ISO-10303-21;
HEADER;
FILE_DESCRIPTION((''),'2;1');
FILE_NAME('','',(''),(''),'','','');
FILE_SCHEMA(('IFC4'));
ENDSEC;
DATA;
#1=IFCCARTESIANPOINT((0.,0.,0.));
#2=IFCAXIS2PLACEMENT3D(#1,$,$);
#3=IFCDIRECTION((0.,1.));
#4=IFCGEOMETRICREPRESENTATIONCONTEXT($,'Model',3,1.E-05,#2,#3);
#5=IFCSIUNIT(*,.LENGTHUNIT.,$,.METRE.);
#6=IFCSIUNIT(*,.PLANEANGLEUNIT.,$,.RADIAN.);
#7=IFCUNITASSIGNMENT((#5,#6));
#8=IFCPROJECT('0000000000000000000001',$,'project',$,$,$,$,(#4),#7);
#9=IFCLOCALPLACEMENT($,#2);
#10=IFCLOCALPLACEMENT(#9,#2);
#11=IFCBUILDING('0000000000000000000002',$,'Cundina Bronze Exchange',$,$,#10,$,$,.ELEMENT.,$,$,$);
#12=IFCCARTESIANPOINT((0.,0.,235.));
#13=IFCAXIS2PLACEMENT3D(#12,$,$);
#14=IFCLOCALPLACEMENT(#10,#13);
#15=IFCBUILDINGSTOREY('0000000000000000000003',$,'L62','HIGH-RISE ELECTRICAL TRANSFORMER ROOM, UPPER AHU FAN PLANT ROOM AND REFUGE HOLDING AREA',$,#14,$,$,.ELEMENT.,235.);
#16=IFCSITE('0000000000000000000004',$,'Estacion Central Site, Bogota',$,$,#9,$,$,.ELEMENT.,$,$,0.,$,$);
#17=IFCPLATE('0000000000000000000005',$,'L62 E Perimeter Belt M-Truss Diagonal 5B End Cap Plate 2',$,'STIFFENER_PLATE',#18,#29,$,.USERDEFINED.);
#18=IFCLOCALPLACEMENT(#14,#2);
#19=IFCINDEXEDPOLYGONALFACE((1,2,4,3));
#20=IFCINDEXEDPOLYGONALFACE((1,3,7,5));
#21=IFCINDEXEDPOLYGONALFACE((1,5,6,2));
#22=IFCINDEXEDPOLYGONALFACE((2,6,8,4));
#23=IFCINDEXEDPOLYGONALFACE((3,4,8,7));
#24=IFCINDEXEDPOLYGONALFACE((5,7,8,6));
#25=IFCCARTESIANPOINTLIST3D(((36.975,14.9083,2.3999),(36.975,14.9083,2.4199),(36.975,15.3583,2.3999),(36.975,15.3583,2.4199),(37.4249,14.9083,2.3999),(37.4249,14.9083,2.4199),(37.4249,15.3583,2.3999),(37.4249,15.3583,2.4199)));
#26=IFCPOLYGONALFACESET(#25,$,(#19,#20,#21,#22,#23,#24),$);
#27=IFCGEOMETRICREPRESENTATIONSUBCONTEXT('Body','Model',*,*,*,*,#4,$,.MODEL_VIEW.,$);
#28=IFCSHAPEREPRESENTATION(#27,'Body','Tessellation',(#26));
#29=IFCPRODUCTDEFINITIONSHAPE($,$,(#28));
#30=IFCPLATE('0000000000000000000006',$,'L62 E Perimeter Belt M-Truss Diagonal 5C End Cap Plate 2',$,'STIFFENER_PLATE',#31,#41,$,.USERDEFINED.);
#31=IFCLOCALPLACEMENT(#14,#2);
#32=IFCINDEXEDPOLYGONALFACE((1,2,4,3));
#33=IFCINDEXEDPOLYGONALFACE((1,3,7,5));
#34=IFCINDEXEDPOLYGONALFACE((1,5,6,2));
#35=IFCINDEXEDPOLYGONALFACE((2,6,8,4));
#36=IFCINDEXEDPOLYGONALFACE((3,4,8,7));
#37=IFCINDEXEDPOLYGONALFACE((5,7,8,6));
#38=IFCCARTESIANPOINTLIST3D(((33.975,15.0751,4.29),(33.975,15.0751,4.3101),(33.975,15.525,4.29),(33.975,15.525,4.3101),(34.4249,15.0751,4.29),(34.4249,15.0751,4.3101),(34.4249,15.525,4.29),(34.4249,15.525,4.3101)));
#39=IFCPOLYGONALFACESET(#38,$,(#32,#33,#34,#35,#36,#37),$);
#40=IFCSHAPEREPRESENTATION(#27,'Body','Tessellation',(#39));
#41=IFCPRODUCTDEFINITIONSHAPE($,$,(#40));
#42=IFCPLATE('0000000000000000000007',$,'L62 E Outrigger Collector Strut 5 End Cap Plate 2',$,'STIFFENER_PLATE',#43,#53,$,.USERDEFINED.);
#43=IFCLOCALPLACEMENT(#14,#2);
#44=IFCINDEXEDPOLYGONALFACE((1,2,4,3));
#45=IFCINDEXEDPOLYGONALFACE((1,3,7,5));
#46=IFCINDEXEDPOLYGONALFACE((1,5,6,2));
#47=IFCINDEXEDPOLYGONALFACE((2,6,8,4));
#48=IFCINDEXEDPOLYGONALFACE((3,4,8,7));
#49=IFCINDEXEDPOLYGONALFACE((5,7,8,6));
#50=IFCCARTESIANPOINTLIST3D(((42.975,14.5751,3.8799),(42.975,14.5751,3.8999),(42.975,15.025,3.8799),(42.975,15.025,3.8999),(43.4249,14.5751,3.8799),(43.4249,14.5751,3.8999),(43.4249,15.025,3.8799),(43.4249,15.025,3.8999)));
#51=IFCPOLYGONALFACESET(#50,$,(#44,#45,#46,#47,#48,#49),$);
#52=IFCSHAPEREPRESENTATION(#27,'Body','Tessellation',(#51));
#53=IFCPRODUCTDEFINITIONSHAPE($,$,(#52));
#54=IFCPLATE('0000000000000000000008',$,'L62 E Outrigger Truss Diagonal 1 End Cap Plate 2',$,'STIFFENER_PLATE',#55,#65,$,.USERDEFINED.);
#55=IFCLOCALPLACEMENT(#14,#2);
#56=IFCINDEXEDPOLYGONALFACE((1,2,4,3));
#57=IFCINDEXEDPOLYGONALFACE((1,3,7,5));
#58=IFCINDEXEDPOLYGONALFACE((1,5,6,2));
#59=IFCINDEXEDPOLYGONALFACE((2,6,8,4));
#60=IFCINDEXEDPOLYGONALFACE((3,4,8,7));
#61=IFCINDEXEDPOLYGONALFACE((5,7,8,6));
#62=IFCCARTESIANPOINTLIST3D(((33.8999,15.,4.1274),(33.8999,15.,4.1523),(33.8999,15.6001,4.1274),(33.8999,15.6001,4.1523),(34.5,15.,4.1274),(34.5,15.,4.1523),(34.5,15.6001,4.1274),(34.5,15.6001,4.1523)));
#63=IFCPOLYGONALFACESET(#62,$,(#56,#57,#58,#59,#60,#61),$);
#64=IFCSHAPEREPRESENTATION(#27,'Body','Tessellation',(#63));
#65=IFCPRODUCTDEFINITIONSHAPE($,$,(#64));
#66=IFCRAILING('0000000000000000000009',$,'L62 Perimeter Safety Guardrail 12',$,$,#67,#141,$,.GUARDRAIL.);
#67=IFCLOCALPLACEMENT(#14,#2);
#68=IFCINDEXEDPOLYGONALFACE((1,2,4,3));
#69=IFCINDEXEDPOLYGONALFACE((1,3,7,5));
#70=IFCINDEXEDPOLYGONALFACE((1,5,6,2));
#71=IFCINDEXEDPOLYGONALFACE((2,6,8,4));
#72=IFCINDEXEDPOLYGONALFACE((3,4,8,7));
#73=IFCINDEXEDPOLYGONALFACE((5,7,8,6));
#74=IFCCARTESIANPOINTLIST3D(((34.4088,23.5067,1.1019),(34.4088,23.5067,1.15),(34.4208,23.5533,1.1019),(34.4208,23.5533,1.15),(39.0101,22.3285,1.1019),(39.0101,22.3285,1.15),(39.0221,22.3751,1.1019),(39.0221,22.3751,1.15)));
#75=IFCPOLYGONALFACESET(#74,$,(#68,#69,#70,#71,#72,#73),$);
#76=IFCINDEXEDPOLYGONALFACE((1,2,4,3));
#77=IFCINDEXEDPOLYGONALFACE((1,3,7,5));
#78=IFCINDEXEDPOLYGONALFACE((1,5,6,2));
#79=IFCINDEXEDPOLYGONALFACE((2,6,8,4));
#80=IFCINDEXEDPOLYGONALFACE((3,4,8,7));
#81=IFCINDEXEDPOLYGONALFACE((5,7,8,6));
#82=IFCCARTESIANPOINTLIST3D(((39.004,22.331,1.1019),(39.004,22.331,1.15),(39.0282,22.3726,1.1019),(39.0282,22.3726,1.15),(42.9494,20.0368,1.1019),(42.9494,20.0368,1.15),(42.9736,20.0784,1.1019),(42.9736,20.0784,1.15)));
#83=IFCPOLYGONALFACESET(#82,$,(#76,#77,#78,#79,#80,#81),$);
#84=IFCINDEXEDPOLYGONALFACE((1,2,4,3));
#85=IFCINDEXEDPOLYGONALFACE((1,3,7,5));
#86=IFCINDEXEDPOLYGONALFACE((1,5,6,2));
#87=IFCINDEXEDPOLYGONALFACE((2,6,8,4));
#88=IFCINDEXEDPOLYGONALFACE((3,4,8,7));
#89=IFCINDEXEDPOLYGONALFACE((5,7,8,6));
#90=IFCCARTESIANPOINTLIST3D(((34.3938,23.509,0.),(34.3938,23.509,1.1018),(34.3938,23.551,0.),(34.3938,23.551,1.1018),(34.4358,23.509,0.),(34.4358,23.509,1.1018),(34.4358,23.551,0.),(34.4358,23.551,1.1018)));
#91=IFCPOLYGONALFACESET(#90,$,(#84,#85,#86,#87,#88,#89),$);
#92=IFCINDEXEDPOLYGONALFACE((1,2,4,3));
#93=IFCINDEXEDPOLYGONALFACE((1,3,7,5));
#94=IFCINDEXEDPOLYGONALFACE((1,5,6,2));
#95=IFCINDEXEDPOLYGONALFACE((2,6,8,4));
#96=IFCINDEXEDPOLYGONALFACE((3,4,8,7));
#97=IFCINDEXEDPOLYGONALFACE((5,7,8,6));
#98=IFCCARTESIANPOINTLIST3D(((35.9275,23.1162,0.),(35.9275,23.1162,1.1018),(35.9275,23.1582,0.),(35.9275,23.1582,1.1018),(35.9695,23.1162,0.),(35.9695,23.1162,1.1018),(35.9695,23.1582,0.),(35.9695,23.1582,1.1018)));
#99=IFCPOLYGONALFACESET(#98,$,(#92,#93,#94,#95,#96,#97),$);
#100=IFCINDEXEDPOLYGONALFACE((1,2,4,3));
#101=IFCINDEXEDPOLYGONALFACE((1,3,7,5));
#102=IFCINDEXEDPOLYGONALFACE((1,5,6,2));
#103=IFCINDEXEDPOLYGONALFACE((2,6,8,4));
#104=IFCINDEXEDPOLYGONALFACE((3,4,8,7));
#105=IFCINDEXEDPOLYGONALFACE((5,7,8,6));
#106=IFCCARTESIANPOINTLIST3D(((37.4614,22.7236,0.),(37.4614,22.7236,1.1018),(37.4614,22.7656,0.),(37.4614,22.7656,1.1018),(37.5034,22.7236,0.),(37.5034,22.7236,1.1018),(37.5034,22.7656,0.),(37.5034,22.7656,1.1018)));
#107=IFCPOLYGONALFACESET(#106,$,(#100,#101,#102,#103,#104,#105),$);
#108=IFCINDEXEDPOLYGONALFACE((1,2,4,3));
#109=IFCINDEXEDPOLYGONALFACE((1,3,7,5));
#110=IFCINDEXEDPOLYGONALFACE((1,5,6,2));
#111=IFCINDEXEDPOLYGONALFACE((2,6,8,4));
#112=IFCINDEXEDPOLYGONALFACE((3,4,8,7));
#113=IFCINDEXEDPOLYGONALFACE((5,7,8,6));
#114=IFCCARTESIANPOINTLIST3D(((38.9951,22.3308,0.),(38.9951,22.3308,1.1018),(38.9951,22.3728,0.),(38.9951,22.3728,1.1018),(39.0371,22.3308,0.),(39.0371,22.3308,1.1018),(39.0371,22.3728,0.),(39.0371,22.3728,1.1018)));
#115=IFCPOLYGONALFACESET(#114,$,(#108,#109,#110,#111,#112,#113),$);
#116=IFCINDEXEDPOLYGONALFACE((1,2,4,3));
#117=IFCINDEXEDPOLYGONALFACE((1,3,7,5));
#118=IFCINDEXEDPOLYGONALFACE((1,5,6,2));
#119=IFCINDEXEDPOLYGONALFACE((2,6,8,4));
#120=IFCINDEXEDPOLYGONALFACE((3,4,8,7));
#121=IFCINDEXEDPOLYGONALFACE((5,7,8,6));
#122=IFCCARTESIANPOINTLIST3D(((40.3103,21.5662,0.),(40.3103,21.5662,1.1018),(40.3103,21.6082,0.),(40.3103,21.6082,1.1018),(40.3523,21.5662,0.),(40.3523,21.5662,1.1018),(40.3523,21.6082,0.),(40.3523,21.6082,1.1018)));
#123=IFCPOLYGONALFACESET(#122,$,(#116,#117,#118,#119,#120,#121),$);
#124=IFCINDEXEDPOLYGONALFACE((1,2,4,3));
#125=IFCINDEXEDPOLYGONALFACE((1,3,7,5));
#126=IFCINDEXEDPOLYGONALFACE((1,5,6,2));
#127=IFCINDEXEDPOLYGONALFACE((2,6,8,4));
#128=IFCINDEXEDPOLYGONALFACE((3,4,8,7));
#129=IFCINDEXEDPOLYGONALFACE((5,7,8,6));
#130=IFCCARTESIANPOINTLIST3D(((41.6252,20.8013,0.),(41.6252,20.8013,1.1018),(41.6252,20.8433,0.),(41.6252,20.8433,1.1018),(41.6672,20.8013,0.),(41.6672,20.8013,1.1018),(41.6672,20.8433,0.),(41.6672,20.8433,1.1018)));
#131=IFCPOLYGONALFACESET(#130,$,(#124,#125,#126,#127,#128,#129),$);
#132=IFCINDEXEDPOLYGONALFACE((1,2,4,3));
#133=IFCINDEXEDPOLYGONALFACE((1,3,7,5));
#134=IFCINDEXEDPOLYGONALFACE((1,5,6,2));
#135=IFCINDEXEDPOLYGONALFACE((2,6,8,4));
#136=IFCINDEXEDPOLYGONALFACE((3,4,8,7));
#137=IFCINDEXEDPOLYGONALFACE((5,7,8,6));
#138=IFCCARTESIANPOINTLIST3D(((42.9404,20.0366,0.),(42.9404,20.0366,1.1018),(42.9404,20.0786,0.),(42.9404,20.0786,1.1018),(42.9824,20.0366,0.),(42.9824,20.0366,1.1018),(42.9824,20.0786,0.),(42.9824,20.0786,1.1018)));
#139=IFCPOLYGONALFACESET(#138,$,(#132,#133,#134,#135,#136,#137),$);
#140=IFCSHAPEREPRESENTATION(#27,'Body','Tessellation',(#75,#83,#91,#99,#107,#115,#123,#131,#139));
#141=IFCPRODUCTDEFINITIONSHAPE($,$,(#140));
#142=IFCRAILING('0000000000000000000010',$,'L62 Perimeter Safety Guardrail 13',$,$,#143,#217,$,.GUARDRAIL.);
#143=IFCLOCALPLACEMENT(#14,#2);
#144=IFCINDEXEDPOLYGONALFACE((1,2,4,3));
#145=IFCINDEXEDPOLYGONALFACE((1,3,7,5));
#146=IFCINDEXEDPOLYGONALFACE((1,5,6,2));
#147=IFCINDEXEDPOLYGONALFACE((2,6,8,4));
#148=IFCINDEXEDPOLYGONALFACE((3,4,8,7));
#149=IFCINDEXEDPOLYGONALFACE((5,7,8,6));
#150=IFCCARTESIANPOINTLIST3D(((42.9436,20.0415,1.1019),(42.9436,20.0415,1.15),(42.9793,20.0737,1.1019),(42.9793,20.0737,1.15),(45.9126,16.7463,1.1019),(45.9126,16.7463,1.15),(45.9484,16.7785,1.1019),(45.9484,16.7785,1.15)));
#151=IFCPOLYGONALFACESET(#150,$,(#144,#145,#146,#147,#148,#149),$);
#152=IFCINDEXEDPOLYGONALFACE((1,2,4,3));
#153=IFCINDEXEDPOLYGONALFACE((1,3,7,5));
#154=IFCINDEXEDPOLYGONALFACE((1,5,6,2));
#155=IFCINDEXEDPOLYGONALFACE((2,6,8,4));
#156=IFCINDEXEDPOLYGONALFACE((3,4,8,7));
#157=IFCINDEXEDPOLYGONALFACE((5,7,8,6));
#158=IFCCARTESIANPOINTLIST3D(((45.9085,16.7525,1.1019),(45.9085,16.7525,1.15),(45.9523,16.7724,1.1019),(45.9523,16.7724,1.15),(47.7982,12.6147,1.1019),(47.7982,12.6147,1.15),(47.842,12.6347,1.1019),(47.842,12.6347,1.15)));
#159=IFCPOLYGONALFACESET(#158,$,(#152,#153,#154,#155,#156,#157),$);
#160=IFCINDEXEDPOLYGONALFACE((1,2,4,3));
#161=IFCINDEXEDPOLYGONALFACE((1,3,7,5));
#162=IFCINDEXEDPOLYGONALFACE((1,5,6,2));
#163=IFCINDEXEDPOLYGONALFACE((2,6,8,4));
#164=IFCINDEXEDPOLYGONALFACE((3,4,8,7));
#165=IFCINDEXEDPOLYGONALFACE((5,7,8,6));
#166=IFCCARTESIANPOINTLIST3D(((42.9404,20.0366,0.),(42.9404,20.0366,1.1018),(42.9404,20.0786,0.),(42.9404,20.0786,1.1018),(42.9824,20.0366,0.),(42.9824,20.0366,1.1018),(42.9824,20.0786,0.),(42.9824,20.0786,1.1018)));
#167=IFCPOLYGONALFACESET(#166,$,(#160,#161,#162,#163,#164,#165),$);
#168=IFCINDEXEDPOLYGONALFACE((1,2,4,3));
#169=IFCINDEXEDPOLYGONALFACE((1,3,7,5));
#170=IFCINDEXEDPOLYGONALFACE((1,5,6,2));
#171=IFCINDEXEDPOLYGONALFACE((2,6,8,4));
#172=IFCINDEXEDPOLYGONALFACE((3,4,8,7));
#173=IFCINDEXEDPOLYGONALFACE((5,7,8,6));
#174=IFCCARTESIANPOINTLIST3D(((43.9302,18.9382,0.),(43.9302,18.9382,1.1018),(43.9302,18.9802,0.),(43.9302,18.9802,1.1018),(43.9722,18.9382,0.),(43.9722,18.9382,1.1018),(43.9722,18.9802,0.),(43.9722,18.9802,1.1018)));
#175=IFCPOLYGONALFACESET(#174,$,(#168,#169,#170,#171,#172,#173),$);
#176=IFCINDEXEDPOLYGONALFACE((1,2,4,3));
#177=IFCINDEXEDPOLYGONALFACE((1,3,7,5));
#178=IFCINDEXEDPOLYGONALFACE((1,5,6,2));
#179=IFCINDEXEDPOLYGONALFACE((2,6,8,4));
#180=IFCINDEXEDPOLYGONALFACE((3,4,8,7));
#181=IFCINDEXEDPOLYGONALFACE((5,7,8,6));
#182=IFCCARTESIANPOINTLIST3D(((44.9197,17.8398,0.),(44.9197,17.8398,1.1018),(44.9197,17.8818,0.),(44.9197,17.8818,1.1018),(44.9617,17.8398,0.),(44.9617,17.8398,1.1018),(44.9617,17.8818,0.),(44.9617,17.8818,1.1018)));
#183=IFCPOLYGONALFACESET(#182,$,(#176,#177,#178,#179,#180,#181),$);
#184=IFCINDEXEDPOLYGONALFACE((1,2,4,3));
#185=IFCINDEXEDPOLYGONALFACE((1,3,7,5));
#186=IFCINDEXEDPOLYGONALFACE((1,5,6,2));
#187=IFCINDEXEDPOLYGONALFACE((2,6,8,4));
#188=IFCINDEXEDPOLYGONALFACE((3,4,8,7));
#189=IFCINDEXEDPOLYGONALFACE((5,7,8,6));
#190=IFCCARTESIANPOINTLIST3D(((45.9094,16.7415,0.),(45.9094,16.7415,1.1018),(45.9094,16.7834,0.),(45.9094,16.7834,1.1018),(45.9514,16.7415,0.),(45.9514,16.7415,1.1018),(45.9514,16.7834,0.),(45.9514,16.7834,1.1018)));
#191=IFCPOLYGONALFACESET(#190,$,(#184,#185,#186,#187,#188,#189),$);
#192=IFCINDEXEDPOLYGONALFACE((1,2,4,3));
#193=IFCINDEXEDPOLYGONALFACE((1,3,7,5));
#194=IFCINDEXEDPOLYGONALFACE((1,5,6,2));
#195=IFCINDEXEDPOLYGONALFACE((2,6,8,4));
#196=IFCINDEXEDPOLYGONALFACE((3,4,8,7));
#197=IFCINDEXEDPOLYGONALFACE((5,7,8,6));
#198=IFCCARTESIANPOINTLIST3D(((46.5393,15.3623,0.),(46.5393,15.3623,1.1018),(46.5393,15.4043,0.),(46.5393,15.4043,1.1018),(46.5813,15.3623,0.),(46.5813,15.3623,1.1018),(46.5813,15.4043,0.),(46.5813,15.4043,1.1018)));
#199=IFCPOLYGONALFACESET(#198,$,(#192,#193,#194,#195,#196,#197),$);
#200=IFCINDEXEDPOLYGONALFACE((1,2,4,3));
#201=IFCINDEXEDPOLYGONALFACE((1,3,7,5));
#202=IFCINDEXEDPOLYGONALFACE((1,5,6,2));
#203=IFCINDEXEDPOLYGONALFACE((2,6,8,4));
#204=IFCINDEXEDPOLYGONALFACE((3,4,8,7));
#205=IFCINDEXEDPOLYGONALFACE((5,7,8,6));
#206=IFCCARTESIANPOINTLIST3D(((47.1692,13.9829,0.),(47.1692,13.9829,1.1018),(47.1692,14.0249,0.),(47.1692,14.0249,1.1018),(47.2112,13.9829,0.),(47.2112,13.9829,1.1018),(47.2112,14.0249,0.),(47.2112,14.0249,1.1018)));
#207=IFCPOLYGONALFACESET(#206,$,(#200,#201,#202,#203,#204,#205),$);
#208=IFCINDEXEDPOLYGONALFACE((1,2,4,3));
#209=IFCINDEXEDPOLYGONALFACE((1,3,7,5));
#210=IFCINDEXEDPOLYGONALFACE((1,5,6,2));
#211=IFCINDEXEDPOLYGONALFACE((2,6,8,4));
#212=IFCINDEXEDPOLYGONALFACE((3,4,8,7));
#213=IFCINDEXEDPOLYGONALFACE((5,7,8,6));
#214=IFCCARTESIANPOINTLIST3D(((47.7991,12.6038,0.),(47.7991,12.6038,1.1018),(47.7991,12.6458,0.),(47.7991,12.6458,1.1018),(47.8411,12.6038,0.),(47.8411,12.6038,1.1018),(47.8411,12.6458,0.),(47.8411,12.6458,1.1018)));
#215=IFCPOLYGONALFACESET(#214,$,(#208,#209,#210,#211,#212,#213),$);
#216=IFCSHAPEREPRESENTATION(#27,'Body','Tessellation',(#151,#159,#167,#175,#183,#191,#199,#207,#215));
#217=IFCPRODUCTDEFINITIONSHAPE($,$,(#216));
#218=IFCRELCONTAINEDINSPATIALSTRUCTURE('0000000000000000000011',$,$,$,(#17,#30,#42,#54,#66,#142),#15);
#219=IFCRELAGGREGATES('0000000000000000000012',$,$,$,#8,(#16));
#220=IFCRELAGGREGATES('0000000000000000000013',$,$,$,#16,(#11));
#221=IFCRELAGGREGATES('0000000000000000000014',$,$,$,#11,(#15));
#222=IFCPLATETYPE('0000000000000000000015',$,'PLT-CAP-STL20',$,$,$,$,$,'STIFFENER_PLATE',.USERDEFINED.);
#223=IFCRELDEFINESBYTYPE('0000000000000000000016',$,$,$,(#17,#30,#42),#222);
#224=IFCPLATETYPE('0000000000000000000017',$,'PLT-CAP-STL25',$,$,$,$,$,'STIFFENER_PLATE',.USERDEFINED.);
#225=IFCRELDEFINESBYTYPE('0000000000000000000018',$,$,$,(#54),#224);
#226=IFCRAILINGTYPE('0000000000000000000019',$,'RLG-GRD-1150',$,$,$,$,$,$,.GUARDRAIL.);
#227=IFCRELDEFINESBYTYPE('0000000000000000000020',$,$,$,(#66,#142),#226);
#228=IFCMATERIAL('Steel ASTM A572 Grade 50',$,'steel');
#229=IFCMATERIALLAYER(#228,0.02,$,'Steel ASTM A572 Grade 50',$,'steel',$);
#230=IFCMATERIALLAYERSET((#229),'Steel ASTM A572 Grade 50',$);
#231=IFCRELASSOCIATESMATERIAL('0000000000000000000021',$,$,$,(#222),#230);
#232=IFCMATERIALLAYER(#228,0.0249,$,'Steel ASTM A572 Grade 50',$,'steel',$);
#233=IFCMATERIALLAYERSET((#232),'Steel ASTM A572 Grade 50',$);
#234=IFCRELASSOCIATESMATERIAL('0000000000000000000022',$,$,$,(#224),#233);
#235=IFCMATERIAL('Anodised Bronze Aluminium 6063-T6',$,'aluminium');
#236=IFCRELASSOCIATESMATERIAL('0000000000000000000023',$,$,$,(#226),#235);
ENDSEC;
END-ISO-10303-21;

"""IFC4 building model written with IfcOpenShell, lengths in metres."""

from ifc_helpers import new_model, si_unit, direction, frame, origin, origin_2d, place, context, subcontext, project, spatial, rectangle, extrude, material, layer, layer_set, type_object, element, save


model = new_model("IFC4")

# Units and contexts
model_context = context("Model", 3, precision=1e-05, world=origin(), true_north=direction((0.0, 1.0)))
body_context = subcontext(model_context, "Body", "Model", "MODEL_VIEW")
ifc_project = project(units=[si_unit("LENGTHUNIT", "METRE"), si_unit("PLANEANGLEUNIT", "RADIAN")], contexts=[model_context])

# Site, building, storey
site_placement = place(None, origin())
site = spatial("IfcSite", under=ifc_project, at=site_placement, Name="Estacion Central Site, Bogota", CompositionType="ELEMENT", RefElevation=0.0)
building_placement = place(site_placement, origin())
building = spatial("IfcBuilding", under=site, at=building_placement, Name="Cundina Bronze Exchange", CompositionType="ELEMENT")
storey_placement = place(building_placement, frame((0.0, 0.0, 235.0)))
storey = spatial("IfcBuildingStorey", under=building, at=storey_placement, Name="L62", Description="HIGH-RISE ELECTRICAL TRANSFORMER ROOM, UPPER AHU FAN PLANT ROOM AND REFUGE HOLDING AREA", CompositionType="ELEMENT", Elevation=235.0)

# Plates
ifc_material_1 = material(Name="Steel ASTM A572 Grade 50", Category="steel")
ifc_layer_1 = layer(ifc_material_1, 0.02, Name="Steel ASTM A572 Grade 50", Category="steel")
ifc_layer_set_1 = layer_set([ifc_layer_1], Name="Steel ASTM A572 Grade 50")
plate_type_1 = type_object("IfcPlateType", Name="PLT-CAP-STL20", ElementType="STIFFENER_PLATE", PredefinedType="USERDEFINED", material=ifc_layer_set_1)
for number, where, z_axis, x_axis, name in (
    (1, (37.2, 15.1333, 2.3999), (0.0, 0.0, 1.0), (1.0, 0.0, 0.0), "L62 E Perimeter Belt M-Truss Diagonal 5B End Cap Plate 2"),
    (2, (34.2, 15.3, 4.29), (0.0, 0.0, 1.0), (1.0, 0.0, 0.0), "L62 E Perimeter Belt M-Truss Diagonal 5C End Cap Plate 2"),
    (3, (43.2, 14.8, 3.8799), (0.0, 0.0, 1.0), (1.0, 0.0, 0.0), "L62 E Outrigger Collector Strut 5 End Cap Plate 2"),
):
    element("IfcPlate", number, at=place(storey_placement, frame(where, z_axis=z_axis, x_axis=x_axis)), inside=storey, type_object=plate_type_1, Name=name, ObjectType="STIFFENER_PLATE", PredefinedType="USERDEFINED", context=body_context, shape_type="SweptSolid", body=[
        extrude(rectangle(XDim=0.45, YDim=0.45, at=origin_2d()), origin(), (0.0, 0.0, 1.0), 0.02),
    ])
ifc_layer_2 = layer(ifc_material_1, 0.0249, Name="Steel ASTM A572 Grade 50", Category="steel")
ifc_layer_set_2 = layer_set([ifc_layer_2], Name="Steel ASTM A572 Grade 50")
plate_type_2 = type_object("IfcPlateType", Name="PLT-CAP-STL25", ElementType="STIFFENER_PLATE", PredefinedType="USERDEFINED", material=ifc_layer_set_2)
plate_placement = place(storey_placement, frame((34.2, 15.3, 4.1274), z_axis=(0.0, 0.0, 1.0), x_axis=(1.0, 0.0, 0.0)))
element("IfcPlate", 4, at=plate_placement, inside=storey, type_object=plate_type_2, Name="L62 E Outrigger Truss Diagonal 1 End Cap Plate 2", ObjectType="STIFFENER_PLATE", PredefinedType="USERDEFINED", context=body_context, shape_type="SweptSolid", body=[
    extrude(rectangle(XDim=0.6001, YDim=0.6001, at=origin_2d()), origin(), (0.0, 0.0, 1.0), 0.0249),
])

# Railings
ifc_material_2 = material(Name="Anodised Bronze Aluminium 6063-T6", Category="aluminium")
railing_type = type_object("IfcRailingType", Name="RLG-GRD-1150", PredefinedType="GUARDRAIL", material=ifc_material_2)
railing_1_placement = place(storey_placement, frame((34.4148, 23.53, 0.0)))
element("IfcRailing", 5, at=railing_1_placement, inside=storey, type_object=railing_type, Name="L62 Perimeter Safety Guardrail 12", PredefinedType="GUARDRAIL", context=body_context, shape_type="SweptSolid", body=[
    extrude(rectangle(XDim=0.0481, YDim=0.0481, at=origin_2d()), frame((0.0, 0.0, 1.126), z_axis=(0.968745, -0.248059, 0.0), x_axis=(0.248059, 0.968745, 0.0)), (0.0, 0.0, 1.0), 4.7498),
    extrude(rectangle(XDim=0.0481, YDim=0.0481, at=origin_2d()), frame((4.6013, -1.1782, 1.126), z_axis=(0.864469, -0.502686, 0.0), x_axis=(0.502686, 0.864469, 0.0)), (0.0, 0.0, 1.0), 4.564),
    extrude(rectangle(XDim=0.042, YDim=0.042, at=origin_2d()), origin(), (0.0, 0.0, 1.0), 1.1018),
    extrude(rectangle(XDim=0.042, YDim=0.042, at=origin_2d()), frame((1.5337, -0.3928, 0.0)), (0.0, 0.0, 1.0), 1.1018),
    extrude(rectangle(XDim=0.042, YDim=0.042, at=origin_2d()), frame((3.0676, -0.7854, 0.0)), (0.0, 0.0, 1.0), 1.1018),
    extrude(rectangle(XDim=0.042, YDim=0.042, at=origin_2d()), frame((4.6013, -1.1782, 0.0)), (0.0, 0.0, 1.0), 1.1018),
    extrude(rectangle(XDim=0.042, YDim=0.042, at=origin_2d()), frame((5.9165, -1.9429, 0.0)), (0.0, 0.0, 1.0), 1.1018),
    extrude(rectangle(XDim=0.042, YDim=0.042, at=origin_2d()), frame((7.2314, -2.7078, 0.0)), (0.0, 0.0, 1.0), 1.1018),
    extrude(rectangle(XDim=0.042, YDim=0.042, at=origin_2d()), frame((8.5466, -3.4724, 0.0)), (0.0, 0.0, 1.0), 1.1018),
])
railing_2_placement = place(storey_placement, frame((42.9614, 20.0576, 0.0)))
element("IfcRailing", 6, at=railing_2_placement, inside=storey, type_object=railing_type, Name="L62 Perimeter Safety Guardrail 13", PredefinedType="GUARDRAIL", context=body_context, shape_type="SweptSolid", body=[
    extrude(rectangle(XDim=0.0481, YDim=0.0481, at=origin_2d()), frame((0.0, 0.0, 1.126), z_axis=(0.669381, -0.742919, 0.0), x_axis=(0.742919, 0.669381, 0.0)), (0.0, 0.0, 1.0), 4.4355),
    extrude(rectangle(XDim=0.0481, YDim=0.0481, at=origin_2d()), frame((2.969, -3.2952, 1.126), z_axis=(0.41542, -0.90963, 0.0), x_axis=(0.90963, 0.41542, 0.0)), (0.0, 0.0, 1.0), 4.5488),
    extrude(rectangle(XDim=0.042, YDim=0.042, at=origin_2d()), origin(), (0.0, 0.0, 1.0), 1.1018),
    extrude(rectangle(XDim=0.042, YDim=0.042, at=origin_2d()), frame((0.9897, -1.0984, 0.0)), (0.0, 0.0, 1.0), 1.1018),
    extrude(rectangle(XDim=0.042, YDim=0.042, at=origin_2d()), frame((1.9792, -2.1968, 0.0)), (0.0, 0.0, 1.0), 1.1018),
    extrude(rectangle(XDim=0.042, YDim=0.042, at=origin_2d()), frame((2.969, -3.2952, 0.0)), (0.0, 0.0, 1.0), 1.1018),
    extrude(rectangle(XDim=0.042, YDim=0.042, at=origin_2d()), frame((3.5989, -4.6743, 0.0)), (0.0, 0.0, 1.0), 1.1018),
    extrude(rectangle(XDim=0.042, YDim=0.042, at=origin_2d()), frame((4.2288, -6.0537, 0.0)), (0.0, 0.0, 1.0), 1.1018),
    extrude(rectangle(XDim=0.042, YDim=0.042, at=origin_2d()), frame((4.8586, -7.4329, 0.0)), (0.0, 0.0, 1.0), 1.1018),
])

save(model, "model.ifc")
